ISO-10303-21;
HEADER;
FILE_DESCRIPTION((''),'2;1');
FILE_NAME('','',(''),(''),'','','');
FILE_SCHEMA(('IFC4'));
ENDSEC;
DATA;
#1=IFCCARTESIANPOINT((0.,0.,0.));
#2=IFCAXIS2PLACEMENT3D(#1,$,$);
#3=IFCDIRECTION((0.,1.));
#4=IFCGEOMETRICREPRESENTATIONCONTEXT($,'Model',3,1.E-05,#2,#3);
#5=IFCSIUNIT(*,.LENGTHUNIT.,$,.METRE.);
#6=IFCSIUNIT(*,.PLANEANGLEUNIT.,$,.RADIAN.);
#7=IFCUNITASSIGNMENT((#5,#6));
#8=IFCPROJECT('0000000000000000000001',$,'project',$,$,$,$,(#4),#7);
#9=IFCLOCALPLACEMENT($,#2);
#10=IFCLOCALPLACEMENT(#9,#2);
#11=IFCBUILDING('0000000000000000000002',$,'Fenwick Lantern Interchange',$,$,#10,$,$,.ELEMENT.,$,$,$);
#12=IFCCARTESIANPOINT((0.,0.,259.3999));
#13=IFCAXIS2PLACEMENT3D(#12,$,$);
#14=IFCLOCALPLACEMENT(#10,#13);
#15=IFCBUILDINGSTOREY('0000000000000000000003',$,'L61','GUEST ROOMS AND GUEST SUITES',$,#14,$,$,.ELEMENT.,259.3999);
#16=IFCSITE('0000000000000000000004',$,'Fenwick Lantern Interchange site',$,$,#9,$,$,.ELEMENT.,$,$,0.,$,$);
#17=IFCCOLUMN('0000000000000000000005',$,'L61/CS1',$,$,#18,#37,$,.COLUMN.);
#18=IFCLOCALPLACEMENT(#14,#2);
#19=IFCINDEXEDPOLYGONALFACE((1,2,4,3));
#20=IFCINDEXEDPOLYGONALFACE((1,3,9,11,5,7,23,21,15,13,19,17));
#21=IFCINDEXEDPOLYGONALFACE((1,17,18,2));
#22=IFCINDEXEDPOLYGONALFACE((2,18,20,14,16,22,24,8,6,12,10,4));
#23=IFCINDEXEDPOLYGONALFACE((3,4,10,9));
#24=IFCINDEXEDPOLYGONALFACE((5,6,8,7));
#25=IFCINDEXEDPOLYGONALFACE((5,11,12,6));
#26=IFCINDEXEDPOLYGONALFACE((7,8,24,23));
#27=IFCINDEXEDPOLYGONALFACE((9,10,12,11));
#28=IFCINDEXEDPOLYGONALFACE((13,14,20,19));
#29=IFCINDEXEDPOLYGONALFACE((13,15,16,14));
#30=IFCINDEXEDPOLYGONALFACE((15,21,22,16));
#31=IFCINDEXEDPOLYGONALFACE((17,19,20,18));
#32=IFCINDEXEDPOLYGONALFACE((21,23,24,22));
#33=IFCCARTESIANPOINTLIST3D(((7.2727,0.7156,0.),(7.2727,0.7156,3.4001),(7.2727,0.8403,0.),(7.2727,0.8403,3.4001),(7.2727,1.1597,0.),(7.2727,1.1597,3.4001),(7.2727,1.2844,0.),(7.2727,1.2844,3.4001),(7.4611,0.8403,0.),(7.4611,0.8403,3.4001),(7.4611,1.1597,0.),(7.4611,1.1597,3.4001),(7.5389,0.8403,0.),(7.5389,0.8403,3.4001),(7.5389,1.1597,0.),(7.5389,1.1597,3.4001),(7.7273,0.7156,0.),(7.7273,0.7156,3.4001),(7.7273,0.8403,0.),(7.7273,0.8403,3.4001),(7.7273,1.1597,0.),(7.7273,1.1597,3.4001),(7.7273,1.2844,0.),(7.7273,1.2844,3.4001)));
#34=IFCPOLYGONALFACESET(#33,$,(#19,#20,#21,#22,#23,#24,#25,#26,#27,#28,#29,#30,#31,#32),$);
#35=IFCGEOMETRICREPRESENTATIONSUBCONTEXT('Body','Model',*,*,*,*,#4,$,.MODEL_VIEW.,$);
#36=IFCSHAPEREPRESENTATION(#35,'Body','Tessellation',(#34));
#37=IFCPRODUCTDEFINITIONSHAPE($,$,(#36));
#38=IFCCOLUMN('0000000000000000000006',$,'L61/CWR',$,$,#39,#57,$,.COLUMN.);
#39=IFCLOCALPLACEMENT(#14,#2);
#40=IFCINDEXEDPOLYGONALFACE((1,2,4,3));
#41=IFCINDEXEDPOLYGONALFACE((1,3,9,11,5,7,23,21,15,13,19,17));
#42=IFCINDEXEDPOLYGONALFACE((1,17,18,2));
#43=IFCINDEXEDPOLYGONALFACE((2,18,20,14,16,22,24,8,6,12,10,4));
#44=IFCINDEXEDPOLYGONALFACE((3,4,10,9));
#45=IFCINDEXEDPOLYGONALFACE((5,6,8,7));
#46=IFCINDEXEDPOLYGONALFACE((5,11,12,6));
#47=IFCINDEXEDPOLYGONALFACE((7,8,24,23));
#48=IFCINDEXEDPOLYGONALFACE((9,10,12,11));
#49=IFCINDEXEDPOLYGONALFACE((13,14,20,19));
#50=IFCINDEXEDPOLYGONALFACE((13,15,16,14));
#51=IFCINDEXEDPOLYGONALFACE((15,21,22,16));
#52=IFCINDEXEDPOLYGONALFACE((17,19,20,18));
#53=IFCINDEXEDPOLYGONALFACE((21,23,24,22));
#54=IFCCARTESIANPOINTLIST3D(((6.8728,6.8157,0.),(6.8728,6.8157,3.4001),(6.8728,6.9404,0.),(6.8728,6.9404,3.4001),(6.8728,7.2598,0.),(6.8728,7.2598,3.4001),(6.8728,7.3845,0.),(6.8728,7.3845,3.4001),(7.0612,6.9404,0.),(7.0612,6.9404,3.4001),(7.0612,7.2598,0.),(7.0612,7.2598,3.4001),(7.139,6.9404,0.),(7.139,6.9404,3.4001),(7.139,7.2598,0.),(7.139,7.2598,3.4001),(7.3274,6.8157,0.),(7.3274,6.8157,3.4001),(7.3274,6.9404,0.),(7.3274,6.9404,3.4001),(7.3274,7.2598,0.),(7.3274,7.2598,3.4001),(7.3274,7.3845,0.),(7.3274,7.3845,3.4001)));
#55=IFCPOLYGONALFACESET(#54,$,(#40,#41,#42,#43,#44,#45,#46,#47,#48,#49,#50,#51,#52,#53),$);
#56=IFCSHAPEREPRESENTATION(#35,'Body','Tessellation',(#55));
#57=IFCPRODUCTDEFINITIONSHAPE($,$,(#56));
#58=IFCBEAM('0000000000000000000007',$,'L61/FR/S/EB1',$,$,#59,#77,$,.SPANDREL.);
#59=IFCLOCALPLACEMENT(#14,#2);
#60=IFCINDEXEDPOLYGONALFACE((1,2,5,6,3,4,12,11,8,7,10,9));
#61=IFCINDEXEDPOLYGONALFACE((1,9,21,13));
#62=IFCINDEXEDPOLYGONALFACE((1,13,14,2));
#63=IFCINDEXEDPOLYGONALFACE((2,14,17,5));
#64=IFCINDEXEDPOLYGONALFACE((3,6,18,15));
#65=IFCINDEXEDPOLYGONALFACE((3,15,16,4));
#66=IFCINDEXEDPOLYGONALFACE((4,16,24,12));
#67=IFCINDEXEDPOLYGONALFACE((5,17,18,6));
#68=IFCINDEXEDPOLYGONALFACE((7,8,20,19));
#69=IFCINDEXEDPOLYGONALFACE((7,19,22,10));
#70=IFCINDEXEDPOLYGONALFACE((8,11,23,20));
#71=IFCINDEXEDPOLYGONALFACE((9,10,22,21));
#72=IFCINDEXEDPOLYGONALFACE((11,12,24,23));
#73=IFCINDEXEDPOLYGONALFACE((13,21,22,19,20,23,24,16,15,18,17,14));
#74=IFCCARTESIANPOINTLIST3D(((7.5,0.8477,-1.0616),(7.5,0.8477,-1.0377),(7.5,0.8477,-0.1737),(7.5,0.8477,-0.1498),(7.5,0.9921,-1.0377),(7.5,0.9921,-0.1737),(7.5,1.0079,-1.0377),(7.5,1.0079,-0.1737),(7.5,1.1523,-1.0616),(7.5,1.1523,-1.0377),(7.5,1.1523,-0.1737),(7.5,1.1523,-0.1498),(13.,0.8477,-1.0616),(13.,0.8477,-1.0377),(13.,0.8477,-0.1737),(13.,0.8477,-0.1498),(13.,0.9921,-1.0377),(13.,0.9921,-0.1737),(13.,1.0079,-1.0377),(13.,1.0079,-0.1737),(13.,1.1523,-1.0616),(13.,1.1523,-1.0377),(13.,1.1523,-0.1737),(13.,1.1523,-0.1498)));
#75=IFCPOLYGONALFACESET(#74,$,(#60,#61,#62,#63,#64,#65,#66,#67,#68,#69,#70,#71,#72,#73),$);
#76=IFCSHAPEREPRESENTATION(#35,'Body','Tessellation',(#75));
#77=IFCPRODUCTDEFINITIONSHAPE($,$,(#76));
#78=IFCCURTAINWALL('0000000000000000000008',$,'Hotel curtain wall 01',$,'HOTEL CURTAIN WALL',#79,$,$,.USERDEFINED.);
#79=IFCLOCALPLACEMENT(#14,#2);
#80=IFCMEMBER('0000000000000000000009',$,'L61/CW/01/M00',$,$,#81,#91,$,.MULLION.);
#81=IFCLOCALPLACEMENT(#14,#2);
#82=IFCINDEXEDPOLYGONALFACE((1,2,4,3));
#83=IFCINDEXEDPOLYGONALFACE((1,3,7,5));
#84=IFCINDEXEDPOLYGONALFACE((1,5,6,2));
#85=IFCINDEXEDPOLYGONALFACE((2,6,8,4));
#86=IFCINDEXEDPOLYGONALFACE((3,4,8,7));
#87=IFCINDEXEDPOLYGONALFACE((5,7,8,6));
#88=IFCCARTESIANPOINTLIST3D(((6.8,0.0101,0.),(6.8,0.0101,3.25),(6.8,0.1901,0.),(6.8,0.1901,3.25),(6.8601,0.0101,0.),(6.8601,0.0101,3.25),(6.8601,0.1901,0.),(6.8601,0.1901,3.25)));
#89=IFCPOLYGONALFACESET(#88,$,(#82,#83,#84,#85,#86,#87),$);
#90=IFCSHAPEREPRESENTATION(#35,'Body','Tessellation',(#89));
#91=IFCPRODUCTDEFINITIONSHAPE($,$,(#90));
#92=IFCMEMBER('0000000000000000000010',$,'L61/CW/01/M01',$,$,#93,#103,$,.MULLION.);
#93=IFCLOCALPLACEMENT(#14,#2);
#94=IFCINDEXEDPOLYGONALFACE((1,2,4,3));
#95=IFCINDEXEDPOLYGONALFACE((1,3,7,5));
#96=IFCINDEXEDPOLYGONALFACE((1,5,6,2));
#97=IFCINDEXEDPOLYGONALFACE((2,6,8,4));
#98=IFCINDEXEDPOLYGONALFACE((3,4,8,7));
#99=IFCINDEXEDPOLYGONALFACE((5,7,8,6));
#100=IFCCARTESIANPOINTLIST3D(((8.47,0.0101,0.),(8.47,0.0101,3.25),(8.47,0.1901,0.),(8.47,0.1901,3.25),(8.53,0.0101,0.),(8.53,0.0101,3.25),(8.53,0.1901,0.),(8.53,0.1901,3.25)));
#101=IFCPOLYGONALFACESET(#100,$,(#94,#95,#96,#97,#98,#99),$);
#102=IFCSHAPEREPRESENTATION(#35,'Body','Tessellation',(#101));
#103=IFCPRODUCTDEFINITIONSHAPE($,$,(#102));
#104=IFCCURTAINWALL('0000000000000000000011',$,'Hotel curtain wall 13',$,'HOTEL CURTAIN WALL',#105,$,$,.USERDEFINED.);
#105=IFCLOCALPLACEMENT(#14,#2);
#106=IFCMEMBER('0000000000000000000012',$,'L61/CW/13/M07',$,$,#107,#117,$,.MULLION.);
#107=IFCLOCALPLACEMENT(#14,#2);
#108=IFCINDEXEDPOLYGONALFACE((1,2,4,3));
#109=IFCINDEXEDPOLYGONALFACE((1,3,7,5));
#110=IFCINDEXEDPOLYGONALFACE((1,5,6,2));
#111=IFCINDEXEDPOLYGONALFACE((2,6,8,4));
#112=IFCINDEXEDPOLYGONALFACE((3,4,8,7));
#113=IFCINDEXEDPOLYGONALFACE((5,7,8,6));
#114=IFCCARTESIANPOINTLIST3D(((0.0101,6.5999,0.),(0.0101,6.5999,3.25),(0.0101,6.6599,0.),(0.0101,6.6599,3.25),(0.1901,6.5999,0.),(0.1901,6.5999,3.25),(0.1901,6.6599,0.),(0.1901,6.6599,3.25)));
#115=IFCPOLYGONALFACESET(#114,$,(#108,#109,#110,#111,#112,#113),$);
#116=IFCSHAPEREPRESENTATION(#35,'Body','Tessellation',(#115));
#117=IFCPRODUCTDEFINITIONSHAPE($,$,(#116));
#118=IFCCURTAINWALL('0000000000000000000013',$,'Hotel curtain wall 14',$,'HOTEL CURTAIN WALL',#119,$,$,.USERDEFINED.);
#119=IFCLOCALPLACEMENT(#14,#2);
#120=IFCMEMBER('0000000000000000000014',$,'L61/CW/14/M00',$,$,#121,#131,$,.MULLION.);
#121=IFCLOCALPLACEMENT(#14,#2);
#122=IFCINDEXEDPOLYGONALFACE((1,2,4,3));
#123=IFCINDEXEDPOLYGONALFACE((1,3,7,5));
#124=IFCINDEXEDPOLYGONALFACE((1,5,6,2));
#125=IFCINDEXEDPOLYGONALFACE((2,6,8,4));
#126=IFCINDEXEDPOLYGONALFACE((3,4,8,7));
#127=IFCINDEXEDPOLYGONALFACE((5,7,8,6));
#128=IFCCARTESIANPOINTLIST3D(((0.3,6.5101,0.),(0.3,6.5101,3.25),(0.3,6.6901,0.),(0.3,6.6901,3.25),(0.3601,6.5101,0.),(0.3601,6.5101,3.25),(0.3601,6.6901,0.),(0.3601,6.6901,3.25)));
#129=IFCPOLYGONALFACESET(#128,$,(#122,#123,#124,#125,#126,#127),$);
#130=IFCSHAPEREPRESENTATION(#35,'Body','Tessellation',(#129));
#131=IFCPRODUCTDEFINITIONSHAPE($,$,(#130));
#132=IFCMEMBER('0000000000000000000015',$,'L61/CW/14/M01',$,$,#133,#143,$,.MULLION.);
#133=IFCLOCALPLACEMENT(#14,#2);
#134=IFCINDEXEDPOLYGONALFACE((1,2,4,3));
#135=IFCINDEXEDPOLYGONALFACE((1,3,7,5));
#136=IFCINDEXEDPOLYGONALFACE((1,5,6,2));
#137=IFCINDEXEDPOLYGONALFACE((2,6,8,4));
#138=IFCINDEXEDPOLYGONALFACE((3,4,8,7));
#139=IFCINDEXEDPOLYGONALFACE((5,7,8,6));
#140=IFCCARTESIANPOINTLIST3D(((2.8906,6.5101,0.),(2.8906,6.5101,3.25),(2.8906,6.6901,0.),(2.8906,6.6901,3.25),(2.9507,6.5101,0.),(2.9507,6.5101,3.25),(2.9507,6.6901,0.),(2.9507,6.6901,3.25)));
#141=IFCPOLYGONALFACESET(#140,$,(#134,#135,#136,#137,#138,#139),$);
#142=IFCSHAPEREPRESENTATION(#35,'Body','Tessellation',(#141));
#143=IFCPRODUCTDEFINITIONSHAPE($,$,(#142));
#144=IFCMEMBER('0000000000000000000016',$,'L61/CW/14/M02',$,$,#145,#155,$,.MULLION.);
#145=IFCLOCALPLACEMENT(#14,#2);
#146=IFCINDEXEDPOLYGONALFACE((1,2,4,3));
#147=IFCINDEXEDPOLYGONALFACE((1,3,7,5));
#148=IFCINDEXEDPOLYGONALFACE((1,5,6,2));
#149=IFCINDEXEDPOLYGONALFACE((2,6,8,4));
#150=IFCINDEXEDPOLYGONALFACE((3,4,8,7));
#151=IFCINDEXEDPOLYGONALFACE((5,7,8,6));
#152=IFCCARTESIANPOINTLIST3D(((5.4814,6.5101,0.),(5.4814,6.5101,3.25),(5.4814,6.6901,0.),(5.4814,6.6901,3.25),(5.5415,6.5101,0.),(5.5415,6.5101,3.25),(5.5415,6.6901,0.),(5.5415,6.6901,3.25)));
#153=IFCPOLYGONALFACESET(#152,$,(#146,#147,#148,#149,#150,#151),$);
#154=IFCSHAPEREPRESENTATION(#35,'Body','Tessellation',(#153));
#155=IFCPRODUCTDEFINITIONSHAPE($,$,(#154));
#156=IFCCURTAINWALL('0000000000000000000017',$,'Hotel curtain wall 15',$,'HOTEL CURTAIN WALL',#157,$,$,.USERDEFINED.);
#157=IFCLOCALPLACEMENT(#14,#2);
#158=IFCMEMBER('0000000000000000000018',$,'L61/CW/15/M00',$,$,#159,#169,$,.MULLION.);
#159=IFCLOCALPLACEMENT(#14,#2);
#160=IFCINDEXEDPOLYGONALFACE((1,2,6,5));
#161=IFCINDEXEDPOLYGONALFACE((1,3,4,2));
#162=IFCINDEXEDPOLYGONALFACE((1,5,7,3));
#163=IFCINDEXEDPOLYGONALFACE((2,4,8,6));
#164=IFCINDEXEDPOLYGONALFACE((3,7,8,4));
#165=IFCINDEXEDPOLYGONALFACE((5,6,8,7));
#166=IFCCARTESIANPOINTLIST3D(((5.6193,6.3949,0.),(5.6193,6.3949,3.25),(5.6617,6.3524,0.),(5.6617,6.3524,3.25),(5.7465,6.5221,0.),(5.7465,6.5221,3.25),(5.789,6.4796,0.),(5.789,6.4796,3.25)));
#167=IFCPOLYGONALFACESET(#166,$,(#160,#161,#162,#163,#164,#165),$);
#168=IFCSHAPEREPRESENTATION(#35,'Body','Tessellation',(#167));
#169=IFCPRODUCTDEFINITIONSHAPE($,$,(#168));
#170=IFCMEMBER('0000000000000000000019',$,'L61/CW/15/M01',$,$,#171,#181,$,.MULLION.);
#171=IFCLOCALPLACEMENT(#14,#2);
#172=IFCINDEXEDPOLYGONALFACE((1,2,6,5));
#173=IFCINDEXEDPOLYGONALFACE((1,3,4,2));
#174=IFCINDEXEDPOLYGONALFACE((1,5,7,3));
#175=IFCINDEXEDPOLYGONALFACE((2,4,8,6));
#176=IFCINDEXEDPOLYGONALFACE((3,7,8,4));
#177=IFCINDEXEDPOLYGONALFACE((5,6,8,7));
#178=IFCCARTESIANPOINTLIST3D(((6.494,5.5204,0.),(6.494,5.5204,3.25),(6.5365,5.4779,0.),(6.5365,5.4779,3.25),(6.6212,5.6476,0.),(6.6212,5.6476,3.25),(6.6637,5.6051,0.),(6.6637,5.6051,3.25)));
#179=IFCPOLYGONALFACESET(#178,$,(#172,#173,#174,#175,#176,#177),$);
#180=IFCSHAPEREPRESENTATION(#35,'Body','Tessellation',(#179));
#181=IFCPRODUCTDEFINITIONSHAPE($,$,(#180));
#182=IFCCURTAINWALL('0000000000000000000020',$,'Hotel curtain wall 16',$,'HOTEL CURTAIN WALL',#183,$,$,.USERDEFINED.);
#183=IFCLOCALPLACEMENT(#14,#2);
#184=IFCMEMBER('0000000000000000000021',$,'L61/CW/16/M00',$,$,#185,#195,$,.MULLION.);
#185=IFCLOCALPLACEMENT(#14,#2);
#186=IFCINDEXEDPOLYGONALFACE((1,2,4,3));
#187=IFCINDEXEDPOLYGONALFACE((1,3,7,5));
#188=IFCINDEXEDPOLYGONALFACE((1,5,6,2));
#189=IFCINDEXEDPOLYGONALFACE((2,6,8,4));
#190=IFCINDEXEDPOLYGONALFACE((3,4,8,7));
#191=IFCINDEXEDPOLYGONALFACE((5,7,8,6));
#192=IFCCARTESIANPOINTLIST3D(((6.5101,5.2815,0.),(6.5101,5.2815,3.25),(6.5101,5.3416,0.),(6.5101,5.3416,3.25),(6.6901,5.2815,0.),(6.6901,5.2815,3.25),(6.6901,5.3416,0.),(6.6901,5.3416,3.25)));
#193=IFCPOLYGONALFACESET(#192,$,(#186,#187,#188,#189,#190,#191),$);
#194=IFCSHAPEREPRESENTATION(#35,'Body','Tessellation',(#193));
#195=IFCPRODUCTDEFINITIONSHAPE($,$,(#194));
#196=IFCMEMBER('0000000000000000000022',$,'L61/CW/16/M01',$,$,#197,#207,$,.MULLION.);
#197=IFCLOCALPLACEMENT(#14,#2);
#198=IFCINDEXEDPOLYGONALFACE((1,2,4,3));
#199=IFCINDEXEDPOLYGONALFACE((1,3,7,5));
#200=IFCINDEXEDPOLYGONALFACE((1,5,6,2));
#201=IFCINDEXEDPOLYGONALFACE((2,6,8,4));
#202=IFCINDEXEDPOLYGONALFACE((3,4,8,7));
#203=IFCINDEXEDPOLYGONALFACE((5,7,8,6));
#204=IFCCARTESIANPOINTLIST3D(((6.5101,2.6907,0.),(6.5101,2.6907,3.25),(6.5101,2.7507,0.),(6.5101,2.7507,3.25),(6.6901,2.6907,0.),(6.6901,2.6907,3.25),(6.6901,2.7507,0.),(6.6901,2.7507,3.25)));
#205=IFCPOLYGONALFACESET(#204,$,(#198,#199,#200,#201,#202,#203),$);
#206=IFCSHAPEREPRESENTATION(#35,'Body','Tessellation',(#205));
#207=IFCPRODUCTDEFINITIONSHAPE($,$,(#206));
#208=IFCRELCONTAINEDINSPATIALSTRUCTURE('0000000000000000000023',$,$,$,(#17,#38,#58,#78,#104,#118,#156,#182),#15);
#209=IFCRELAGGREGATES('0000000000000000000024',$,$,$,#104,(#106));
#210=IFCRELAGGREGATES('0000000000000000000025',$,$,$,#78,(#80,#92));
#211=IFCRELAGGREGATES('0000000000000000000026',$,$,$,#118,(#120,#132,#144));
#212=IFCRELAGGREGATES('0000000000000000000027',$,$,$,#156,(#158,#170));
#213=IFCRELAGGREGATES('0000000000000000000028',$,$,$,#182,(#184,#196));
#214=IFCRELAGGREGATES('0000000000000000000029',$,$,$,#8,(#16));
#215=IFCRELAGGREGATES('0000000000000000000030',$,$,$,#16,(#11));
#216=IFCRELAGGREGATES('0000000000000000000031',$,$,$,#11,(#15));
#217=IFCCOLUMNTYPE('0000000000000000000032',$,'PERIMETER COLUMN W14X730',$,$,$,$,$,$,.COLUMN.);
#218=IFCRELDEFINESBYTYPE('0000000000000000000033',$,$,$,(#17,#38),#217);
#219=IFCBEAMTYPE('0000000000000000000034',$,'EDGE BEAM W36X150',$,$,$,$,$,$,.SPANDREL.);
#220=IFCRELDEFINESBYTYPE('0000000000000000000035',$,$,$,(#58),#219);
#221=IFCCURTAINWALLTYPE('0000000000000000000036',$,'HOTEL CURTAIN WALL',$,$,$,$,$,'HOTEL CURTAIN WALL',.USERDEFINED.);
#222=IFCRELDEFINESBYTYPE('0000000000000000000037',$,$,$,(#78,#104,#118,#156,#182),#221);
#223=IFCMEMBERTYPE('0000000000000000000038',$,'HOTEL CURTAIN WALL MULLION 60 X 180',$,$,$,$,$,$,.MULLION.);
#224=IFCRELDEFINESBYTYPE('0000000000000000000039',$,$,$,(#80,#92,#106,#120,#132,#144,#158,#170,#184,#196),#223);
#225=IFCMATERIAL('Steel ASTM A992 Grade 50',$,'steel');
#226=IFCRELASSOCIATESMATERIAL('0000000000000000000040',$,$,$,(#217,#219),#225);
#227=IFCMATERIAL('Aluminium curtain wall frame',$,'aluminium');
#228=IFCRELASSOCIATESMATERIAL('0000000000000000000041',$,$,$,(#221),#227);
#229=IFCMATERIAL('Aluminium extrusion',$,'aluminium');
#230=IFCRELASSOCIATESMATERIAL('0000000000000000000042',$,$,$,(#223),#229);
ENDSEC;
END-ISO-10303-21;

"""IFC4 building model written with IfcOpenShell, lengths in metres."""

from ifc_helpers import new_model, si_unit, direction, frame, origin, origin_2d, place, context, subcontext, project, spatial, rectangle, i_section, extrude, material, material_profile, profile_set, type_object, element, aggregate, save


model = new_model("IFC4")

# Units and contexts
model_context = context("Model", 3, precision=1e-05, world=origin(), true_north=direction((0.0, 1.0)))
body_context = subcontext(model_context, "Body", "Model", "MODEL_VIEW")
ifc_project = project(units=[si_unit("LENGTHUNIT", "METRE"), si_unit("PLANEANGLEUNIT", "RADIAN")], contexts=[model_context])

# Site, building, storey
site_placement = place(None, origin())
site = spatial("IfcSite", under=ifc_project, at=site_placement, Name="Fenwick Lantern Interchange site", CompositionType="ELEMENT", RefElevation=0.0)
building_placement = place(site_placement, origin())
building = spatial("IfcBuilding", under=site, at=building_placement, Name="Fenwick Lantern Interchange", CompositionType="ELEMENT")
storey_placement = place(building_placement, frame((0.0, 0.0, 259.3999)))
storey = spatial("IfcBuildingStorey", under=building, at=storey_placement, Name="L61", Description="GUEST ROOMS AND GUEST SUITES", CompositionType="ELEMENT", Elevation=259.3999)

# Columns
ifc_material_1 = material(Name="Steel ASTM A992 Grade 50", Category="steel")
ifc_material_profile_1 = material_profile(ifc_material_1, i_section(OverallWidth=0.4546, OverallDepth=0.5688, WebThickness=0.0779, FlangeThickness=0.1248, at=origin_2d()), Name="W14X730")
ifc_profile_set_1 = profile_set([ifc_material_profile_1], Name="Steel ASTM A992 Grade 50")
column_type = type_object("IfcColumnType", Name="PERIMETER COLUMN W14X730", PredefinedType="COLUMN", material=ifc_profile_set_1)
for number, where, z_axis, x_axis, name in (
    (1, (7.5, 1.0, 0.0), (0.0, 0.0, 1.0), (1.0, 0.0, 0.0), "L61/CS1"),
    (2, (7.1001, 7.1001, 0.0), (0.0, 0.0, 1.0), (1.0, 0.0, 0.0), "L61/CWR"),
):
    element("IfcColumn", number, at=place(storey_placement, frame(where, z_axis=z_axis, x_axis=x_axis)), inside=storey, type_object=column_type, Name=name, PredefinedType="COLUMN", context=body_context, shape_type="SweptSolid", body=[
        extrude(i_section(OverallWidth=0.4546, OverallDepth=0.5688, WebThickness=0.0779, FlangeThickness=0.1248, at=origin_2d()), origin(), (0.0, 0.0, 1.0), 3.4001),
    ])

# Beam
ifc_material_profile_2 = material_profile(ifc_material_1, i_section(OverallWidth=0.3047, OverallDepth=0.9119, WebThickness=0.0159, FlangeThickness=0.0239, at=origin_2d()), Name="W36X150")
ifc_profile_set_2 = profile_set([ifc_material_profile_2], Name="Steel ASTM A992 Grade 50")
beam_type = type_object("IfcBeamType", Name="EDGE BEAM W36X150", PredefinedType="SPANDREL", material=ifc_profile_set_2)
beam_placement = place(storey_placement, frame((7.5, 1.0, -0.6057), z_axis=(1.0, 0.0, 0.0), x_axis=(0.0, 1.0, 0.0)))
element("IfcBeam", 3, at=beam_placement, inside=storey, type_object=beam_type, Name="L61/FR/S/EB1", PredefinedType="SPANDREL", context=body_context, shape_type="SweptSolid", body=[
    extrude(i_section(OverallWidth=0.3047, OverallDepth=0.9119, WebThickness=0.0159, FlangeThickness=0.0239, at=origin_2d()), origin(), (0.0, 0.0, 1.0), 5.5),
])

# Curtain wall, members
ifc_material_2 = material(Name="Aluminium curtain wall frame", Category="aluminium")
curtain_wall_type = type_object("IfcCurtainWallType", Name="HOTEL CURTAIN WALL", ElementType="HOTEL CURTAIN WALL", PredefinedType="USERDEFINED", material=ifc_material_2)
curtain_wall_1_placement = place(storey_placement, origin())
curtain_wall_1 = element("IfcCurtainWall", 4, at=curtain_wall_1_placement, inside=storey, type_object=curtain_wall_type, Name="Hotel curtain wall 01", ObjectType="HOTEL CURTAIN WALL", PredefinedType="USERDEFINED")
ifc_material_3 = material(Name="Aluminium extrusion", Category="aluminium")
ifc_material_profile_3 = material_profile(ifc_material_3, rectangle(XDim=0.1799, YDim=0.0601, at=origin_2d()), Name="HOTEL CURTAIN WALL MULLION 60 X 180")
ifc_profile_set_3 = profile_set([ifc_material_profile_3], Name="Aluminium extrusion")
member_type_1 = type_object("IfcMemberType", Name="HOTEL CURTAIN WALL MULLION 60 X 180", PredefinedType="MULLION", material=ifc_profile_set_3)
member_1_placement = place(storey_placement, frame((6.8301, 0.1001, 0.0), z_axis=(0.0, 0.0, 1.0), x_axis=(0.0, 1.0, 0.0)))
member_1 = element("IfcMember", 5, at=member_1_placement, type_object=member_type_1, Name="L61/CW/01/M00", PredefinedType="MULLION", context=body_context, shape_type="SweptSolid", body=[
    extrude(rectangle(XDim=0.1799, YDim=0.0601, at=origin_2d()), origin(), (0.0, 0.0, 1.0), 3.25),
])
member_2_placement = place(storey_placement, frame((8.5, 0.1001, 0.0), z_axis=(0.0, 0.0, 1.0), x_axis=(0.0, 1.0, 0.0)))
member_2 = element("IfcMember", 6, at=member_2_placement, type_object=member_type_1, Name="L61/CW/01/M01", PredefinedType="MULLION", context=body_context, shape_type="SweptSolid", body=[
    extrude(rectangle(XDim=0.1799, YDim=0.0601, at=origin_2d()), origin(), (0.0, 0.0, 1.0), 3.25),
])

# Curtain wall, member
curtain_wall_2_placement = place(storey_placement, origin())
curtain_wall_2 = element("IfcCurtainWall", 7, at=curtain_wall_2_placement, inside=storey, type_object=curtain_wall_type, Name="Hotel curtain wall 13", ObjectType="HOTEL CURTAIN WALL", PredefinedType="USERDEFINED")
member_3_placement = place(storey_placement, frame((0.1001, 6.6299, 0.0), z_axis=(0.0, 0.0, 1.0), x_axis=(1.0, 0.0, 0.0)))
member_3 = element("IfcMember", 8, at=member_3_placement, type_object=member_type_1, Name="L61/CW/13/M07", PredefinedType="MULLION", context=body_context, shape_type="SweptSolid", body=[
    extrude(rectangle(XDim=0.1799, YDim=0.0601, at=origin_2d()), origin(), (0.0, 0.0, 1.0), 3.25),
])
aggregate(curtain_wall_2, [member_3])

# Curtain walls, members
curtain_wall_3_placement = place(storey_placement, origin())
curtain_wall_3 = element("IfcCurtainWall", 9, at=curtain_wall_3_placement, inside=storey, type_object=curtain_wall_type, Name="Hotel curtain wall 14", ObjectType="HOTEL CURTAIN WALL", PredefinedType="USERDEFINED")
member_4_placement = place(storey_placement, frame((0.3301, 6.6001, 0.0), z_axis=(0.0, 0.0, 1.0), x_axis=(0.0, 1.0, 0.0)))
member_4 = element("IfcMember", 10, at=member_4_placement, type_object=member_type_1, Name="L61/CW/14/M00", PredefinedType="MULLION", context=body_context, shape_type="SweptSolid", body=[
    extrude(rectangle(XDim=0.1799, YDim=0.0601, at=origin_2d()), origin(), (0.0, 0.0, 1.0), 3.25),
])
member_5_placement = place(storey_placement, frame((2.9207, 6.6001, 0.0), z_axis=(0.0, 0.0, 1.0), x_axis=(0.0, 1.0, 0.0)))
member_5 = element("IfcMember", 11, at=member_5_placement, type_object=member_type_1, Name="L61/CW/14/M01", PredefinedType="MULLION", context=body_context, shape_type="SweptSolid", body=[
    extrude(rectangle(XDim=0.1799, YDim=0.0601, at=origin_2d()), origin(), (0.0, 0.0, 1.0), 3.25),
])
member_6_placement = place(storey_placement, frame((5.5115, 6.6001, 0.0), z_axis=(0.0, 0.0, 1.0), x_axis=(0.0, 1.0, 0.0)))
member_6 = element("IfcMember", 12, at=member_6_placement, type_object=member_type_1, Name="L61/CW/14/M02", PredefinedType="MULLION", context=body_context, shape_type="SweptSolid", body=[
    extrude(rectangle(XDim=0.1799, YDim=0.0601, at=origin_2d()), origin(), (0.0, 0.0, 1.0), 3.25),
])
curtain_wall_4_placement = place(storey_placement, origin())
curtain_wall_4 = element("IfcCurtainWall", 13, at=curtain_wall_4_placement, inside=storey, type_object=curtain_wall_type, Name="Hotel curtain wall 15", ObjectType="HOTEL CURTAIN WALL", PredefinedType="USERDEFINED")
member_7_placement = place(storey_placement, frame((5.7041, 6.4373, 0.0), z_axis=(0.0, 0.0, 1.0), x_axis=(0.707107, 0.707107, 0.0)))
member_7 = element("IfcMember", 14, at=member_7_placement, type_object=member_type_1, Name="L61/CW/15/M00", PredefinedType="MULLION", context=body_context, shape_type="SweptSolid", body=[
    extrude(rectangle(XDim=0.1799, YDim=0.0601, at=origin_2d()), origin(), (0.0, 0.0, 1.0), 3.25),
])
member_8_placement = place(storey_placement, frame((6.5789, 5.5627, 0.0), z_axis=(0.0, 0.0, 1.0), x_axis=(0.707107, 0.707107, 0.0)))
member_8 = element("IfcMember", 15, at=member_8_placement, type_object=member_type_1, Name="L61/CW/15/M01", PredefinedType="MULLION", context=body_context, shape_type="SweptSolid", body=[
    extrude(rectangle(XDim=0.1799, YDim=0.0601, at=origin_2d()), origin(), (0.0, 0.0, 1.0), 3.25),
])
curtain_wall_5_placement = place(storey_placement, origin())
curtain_wall_5 = element("IfcCurtainWall", 16, at=curtain_wall_5_placement, inside=storey, type_object=curtain_wall_type, Name="Hotel curtain wall 16", ObjectType="HOTEL CURTAIN WALL", PredefinedType="USERDEFINED")
member_9_placement = place(storey_placement, frame((6.6001, 5.3115, 0.0), z_axis=(0.0, 0.0, 1.0), x_axis=(1.0, 0.0, 0.0)))
member_9 = element("IfcMember", 17, at=member_9_placement, type_object=member_type_1, Name="L61/CW/16/M00", PredefinedType="MULLION", context=body_context, shape_type="SweptSolid", body=[
    extrude(rectangle(XDim=0.1799, YDim=0.0601, at=origin_2d()), origin(), (0.0, 0.0, 1.0), 3.25),
])
member_10_placement = place(storey_placement, frame((6.6001, 2.7207, 0.0), z_axis=(0.0, 0.0, 1.0), x_axis=(1.0, 0.0, 0.0)))
member_10 = element("IfcMember", 18, at=member_10_placement, type_object=member_type_1, Name="L61/CW/16/M01", PredefinedType="MULLION", context=body_context, shape_type="SweptSolid", body=[
    extrude(rectangle(XDim=0.1799, YDim=0.0601, at=origin_2d()), origin(), (0.0, 0.0, 1.0), 3.25),
])

aggregate(curtain_wall_1, [member_1, member_2])
aggregate(curtain_wall_3, [member_4, member_5, member_6])
aggregate(curtain_wall_4, [member_7, member_8])
aggregate(curtain_wall_5, [member_9, member_10])

save(model, "model.ifc")
